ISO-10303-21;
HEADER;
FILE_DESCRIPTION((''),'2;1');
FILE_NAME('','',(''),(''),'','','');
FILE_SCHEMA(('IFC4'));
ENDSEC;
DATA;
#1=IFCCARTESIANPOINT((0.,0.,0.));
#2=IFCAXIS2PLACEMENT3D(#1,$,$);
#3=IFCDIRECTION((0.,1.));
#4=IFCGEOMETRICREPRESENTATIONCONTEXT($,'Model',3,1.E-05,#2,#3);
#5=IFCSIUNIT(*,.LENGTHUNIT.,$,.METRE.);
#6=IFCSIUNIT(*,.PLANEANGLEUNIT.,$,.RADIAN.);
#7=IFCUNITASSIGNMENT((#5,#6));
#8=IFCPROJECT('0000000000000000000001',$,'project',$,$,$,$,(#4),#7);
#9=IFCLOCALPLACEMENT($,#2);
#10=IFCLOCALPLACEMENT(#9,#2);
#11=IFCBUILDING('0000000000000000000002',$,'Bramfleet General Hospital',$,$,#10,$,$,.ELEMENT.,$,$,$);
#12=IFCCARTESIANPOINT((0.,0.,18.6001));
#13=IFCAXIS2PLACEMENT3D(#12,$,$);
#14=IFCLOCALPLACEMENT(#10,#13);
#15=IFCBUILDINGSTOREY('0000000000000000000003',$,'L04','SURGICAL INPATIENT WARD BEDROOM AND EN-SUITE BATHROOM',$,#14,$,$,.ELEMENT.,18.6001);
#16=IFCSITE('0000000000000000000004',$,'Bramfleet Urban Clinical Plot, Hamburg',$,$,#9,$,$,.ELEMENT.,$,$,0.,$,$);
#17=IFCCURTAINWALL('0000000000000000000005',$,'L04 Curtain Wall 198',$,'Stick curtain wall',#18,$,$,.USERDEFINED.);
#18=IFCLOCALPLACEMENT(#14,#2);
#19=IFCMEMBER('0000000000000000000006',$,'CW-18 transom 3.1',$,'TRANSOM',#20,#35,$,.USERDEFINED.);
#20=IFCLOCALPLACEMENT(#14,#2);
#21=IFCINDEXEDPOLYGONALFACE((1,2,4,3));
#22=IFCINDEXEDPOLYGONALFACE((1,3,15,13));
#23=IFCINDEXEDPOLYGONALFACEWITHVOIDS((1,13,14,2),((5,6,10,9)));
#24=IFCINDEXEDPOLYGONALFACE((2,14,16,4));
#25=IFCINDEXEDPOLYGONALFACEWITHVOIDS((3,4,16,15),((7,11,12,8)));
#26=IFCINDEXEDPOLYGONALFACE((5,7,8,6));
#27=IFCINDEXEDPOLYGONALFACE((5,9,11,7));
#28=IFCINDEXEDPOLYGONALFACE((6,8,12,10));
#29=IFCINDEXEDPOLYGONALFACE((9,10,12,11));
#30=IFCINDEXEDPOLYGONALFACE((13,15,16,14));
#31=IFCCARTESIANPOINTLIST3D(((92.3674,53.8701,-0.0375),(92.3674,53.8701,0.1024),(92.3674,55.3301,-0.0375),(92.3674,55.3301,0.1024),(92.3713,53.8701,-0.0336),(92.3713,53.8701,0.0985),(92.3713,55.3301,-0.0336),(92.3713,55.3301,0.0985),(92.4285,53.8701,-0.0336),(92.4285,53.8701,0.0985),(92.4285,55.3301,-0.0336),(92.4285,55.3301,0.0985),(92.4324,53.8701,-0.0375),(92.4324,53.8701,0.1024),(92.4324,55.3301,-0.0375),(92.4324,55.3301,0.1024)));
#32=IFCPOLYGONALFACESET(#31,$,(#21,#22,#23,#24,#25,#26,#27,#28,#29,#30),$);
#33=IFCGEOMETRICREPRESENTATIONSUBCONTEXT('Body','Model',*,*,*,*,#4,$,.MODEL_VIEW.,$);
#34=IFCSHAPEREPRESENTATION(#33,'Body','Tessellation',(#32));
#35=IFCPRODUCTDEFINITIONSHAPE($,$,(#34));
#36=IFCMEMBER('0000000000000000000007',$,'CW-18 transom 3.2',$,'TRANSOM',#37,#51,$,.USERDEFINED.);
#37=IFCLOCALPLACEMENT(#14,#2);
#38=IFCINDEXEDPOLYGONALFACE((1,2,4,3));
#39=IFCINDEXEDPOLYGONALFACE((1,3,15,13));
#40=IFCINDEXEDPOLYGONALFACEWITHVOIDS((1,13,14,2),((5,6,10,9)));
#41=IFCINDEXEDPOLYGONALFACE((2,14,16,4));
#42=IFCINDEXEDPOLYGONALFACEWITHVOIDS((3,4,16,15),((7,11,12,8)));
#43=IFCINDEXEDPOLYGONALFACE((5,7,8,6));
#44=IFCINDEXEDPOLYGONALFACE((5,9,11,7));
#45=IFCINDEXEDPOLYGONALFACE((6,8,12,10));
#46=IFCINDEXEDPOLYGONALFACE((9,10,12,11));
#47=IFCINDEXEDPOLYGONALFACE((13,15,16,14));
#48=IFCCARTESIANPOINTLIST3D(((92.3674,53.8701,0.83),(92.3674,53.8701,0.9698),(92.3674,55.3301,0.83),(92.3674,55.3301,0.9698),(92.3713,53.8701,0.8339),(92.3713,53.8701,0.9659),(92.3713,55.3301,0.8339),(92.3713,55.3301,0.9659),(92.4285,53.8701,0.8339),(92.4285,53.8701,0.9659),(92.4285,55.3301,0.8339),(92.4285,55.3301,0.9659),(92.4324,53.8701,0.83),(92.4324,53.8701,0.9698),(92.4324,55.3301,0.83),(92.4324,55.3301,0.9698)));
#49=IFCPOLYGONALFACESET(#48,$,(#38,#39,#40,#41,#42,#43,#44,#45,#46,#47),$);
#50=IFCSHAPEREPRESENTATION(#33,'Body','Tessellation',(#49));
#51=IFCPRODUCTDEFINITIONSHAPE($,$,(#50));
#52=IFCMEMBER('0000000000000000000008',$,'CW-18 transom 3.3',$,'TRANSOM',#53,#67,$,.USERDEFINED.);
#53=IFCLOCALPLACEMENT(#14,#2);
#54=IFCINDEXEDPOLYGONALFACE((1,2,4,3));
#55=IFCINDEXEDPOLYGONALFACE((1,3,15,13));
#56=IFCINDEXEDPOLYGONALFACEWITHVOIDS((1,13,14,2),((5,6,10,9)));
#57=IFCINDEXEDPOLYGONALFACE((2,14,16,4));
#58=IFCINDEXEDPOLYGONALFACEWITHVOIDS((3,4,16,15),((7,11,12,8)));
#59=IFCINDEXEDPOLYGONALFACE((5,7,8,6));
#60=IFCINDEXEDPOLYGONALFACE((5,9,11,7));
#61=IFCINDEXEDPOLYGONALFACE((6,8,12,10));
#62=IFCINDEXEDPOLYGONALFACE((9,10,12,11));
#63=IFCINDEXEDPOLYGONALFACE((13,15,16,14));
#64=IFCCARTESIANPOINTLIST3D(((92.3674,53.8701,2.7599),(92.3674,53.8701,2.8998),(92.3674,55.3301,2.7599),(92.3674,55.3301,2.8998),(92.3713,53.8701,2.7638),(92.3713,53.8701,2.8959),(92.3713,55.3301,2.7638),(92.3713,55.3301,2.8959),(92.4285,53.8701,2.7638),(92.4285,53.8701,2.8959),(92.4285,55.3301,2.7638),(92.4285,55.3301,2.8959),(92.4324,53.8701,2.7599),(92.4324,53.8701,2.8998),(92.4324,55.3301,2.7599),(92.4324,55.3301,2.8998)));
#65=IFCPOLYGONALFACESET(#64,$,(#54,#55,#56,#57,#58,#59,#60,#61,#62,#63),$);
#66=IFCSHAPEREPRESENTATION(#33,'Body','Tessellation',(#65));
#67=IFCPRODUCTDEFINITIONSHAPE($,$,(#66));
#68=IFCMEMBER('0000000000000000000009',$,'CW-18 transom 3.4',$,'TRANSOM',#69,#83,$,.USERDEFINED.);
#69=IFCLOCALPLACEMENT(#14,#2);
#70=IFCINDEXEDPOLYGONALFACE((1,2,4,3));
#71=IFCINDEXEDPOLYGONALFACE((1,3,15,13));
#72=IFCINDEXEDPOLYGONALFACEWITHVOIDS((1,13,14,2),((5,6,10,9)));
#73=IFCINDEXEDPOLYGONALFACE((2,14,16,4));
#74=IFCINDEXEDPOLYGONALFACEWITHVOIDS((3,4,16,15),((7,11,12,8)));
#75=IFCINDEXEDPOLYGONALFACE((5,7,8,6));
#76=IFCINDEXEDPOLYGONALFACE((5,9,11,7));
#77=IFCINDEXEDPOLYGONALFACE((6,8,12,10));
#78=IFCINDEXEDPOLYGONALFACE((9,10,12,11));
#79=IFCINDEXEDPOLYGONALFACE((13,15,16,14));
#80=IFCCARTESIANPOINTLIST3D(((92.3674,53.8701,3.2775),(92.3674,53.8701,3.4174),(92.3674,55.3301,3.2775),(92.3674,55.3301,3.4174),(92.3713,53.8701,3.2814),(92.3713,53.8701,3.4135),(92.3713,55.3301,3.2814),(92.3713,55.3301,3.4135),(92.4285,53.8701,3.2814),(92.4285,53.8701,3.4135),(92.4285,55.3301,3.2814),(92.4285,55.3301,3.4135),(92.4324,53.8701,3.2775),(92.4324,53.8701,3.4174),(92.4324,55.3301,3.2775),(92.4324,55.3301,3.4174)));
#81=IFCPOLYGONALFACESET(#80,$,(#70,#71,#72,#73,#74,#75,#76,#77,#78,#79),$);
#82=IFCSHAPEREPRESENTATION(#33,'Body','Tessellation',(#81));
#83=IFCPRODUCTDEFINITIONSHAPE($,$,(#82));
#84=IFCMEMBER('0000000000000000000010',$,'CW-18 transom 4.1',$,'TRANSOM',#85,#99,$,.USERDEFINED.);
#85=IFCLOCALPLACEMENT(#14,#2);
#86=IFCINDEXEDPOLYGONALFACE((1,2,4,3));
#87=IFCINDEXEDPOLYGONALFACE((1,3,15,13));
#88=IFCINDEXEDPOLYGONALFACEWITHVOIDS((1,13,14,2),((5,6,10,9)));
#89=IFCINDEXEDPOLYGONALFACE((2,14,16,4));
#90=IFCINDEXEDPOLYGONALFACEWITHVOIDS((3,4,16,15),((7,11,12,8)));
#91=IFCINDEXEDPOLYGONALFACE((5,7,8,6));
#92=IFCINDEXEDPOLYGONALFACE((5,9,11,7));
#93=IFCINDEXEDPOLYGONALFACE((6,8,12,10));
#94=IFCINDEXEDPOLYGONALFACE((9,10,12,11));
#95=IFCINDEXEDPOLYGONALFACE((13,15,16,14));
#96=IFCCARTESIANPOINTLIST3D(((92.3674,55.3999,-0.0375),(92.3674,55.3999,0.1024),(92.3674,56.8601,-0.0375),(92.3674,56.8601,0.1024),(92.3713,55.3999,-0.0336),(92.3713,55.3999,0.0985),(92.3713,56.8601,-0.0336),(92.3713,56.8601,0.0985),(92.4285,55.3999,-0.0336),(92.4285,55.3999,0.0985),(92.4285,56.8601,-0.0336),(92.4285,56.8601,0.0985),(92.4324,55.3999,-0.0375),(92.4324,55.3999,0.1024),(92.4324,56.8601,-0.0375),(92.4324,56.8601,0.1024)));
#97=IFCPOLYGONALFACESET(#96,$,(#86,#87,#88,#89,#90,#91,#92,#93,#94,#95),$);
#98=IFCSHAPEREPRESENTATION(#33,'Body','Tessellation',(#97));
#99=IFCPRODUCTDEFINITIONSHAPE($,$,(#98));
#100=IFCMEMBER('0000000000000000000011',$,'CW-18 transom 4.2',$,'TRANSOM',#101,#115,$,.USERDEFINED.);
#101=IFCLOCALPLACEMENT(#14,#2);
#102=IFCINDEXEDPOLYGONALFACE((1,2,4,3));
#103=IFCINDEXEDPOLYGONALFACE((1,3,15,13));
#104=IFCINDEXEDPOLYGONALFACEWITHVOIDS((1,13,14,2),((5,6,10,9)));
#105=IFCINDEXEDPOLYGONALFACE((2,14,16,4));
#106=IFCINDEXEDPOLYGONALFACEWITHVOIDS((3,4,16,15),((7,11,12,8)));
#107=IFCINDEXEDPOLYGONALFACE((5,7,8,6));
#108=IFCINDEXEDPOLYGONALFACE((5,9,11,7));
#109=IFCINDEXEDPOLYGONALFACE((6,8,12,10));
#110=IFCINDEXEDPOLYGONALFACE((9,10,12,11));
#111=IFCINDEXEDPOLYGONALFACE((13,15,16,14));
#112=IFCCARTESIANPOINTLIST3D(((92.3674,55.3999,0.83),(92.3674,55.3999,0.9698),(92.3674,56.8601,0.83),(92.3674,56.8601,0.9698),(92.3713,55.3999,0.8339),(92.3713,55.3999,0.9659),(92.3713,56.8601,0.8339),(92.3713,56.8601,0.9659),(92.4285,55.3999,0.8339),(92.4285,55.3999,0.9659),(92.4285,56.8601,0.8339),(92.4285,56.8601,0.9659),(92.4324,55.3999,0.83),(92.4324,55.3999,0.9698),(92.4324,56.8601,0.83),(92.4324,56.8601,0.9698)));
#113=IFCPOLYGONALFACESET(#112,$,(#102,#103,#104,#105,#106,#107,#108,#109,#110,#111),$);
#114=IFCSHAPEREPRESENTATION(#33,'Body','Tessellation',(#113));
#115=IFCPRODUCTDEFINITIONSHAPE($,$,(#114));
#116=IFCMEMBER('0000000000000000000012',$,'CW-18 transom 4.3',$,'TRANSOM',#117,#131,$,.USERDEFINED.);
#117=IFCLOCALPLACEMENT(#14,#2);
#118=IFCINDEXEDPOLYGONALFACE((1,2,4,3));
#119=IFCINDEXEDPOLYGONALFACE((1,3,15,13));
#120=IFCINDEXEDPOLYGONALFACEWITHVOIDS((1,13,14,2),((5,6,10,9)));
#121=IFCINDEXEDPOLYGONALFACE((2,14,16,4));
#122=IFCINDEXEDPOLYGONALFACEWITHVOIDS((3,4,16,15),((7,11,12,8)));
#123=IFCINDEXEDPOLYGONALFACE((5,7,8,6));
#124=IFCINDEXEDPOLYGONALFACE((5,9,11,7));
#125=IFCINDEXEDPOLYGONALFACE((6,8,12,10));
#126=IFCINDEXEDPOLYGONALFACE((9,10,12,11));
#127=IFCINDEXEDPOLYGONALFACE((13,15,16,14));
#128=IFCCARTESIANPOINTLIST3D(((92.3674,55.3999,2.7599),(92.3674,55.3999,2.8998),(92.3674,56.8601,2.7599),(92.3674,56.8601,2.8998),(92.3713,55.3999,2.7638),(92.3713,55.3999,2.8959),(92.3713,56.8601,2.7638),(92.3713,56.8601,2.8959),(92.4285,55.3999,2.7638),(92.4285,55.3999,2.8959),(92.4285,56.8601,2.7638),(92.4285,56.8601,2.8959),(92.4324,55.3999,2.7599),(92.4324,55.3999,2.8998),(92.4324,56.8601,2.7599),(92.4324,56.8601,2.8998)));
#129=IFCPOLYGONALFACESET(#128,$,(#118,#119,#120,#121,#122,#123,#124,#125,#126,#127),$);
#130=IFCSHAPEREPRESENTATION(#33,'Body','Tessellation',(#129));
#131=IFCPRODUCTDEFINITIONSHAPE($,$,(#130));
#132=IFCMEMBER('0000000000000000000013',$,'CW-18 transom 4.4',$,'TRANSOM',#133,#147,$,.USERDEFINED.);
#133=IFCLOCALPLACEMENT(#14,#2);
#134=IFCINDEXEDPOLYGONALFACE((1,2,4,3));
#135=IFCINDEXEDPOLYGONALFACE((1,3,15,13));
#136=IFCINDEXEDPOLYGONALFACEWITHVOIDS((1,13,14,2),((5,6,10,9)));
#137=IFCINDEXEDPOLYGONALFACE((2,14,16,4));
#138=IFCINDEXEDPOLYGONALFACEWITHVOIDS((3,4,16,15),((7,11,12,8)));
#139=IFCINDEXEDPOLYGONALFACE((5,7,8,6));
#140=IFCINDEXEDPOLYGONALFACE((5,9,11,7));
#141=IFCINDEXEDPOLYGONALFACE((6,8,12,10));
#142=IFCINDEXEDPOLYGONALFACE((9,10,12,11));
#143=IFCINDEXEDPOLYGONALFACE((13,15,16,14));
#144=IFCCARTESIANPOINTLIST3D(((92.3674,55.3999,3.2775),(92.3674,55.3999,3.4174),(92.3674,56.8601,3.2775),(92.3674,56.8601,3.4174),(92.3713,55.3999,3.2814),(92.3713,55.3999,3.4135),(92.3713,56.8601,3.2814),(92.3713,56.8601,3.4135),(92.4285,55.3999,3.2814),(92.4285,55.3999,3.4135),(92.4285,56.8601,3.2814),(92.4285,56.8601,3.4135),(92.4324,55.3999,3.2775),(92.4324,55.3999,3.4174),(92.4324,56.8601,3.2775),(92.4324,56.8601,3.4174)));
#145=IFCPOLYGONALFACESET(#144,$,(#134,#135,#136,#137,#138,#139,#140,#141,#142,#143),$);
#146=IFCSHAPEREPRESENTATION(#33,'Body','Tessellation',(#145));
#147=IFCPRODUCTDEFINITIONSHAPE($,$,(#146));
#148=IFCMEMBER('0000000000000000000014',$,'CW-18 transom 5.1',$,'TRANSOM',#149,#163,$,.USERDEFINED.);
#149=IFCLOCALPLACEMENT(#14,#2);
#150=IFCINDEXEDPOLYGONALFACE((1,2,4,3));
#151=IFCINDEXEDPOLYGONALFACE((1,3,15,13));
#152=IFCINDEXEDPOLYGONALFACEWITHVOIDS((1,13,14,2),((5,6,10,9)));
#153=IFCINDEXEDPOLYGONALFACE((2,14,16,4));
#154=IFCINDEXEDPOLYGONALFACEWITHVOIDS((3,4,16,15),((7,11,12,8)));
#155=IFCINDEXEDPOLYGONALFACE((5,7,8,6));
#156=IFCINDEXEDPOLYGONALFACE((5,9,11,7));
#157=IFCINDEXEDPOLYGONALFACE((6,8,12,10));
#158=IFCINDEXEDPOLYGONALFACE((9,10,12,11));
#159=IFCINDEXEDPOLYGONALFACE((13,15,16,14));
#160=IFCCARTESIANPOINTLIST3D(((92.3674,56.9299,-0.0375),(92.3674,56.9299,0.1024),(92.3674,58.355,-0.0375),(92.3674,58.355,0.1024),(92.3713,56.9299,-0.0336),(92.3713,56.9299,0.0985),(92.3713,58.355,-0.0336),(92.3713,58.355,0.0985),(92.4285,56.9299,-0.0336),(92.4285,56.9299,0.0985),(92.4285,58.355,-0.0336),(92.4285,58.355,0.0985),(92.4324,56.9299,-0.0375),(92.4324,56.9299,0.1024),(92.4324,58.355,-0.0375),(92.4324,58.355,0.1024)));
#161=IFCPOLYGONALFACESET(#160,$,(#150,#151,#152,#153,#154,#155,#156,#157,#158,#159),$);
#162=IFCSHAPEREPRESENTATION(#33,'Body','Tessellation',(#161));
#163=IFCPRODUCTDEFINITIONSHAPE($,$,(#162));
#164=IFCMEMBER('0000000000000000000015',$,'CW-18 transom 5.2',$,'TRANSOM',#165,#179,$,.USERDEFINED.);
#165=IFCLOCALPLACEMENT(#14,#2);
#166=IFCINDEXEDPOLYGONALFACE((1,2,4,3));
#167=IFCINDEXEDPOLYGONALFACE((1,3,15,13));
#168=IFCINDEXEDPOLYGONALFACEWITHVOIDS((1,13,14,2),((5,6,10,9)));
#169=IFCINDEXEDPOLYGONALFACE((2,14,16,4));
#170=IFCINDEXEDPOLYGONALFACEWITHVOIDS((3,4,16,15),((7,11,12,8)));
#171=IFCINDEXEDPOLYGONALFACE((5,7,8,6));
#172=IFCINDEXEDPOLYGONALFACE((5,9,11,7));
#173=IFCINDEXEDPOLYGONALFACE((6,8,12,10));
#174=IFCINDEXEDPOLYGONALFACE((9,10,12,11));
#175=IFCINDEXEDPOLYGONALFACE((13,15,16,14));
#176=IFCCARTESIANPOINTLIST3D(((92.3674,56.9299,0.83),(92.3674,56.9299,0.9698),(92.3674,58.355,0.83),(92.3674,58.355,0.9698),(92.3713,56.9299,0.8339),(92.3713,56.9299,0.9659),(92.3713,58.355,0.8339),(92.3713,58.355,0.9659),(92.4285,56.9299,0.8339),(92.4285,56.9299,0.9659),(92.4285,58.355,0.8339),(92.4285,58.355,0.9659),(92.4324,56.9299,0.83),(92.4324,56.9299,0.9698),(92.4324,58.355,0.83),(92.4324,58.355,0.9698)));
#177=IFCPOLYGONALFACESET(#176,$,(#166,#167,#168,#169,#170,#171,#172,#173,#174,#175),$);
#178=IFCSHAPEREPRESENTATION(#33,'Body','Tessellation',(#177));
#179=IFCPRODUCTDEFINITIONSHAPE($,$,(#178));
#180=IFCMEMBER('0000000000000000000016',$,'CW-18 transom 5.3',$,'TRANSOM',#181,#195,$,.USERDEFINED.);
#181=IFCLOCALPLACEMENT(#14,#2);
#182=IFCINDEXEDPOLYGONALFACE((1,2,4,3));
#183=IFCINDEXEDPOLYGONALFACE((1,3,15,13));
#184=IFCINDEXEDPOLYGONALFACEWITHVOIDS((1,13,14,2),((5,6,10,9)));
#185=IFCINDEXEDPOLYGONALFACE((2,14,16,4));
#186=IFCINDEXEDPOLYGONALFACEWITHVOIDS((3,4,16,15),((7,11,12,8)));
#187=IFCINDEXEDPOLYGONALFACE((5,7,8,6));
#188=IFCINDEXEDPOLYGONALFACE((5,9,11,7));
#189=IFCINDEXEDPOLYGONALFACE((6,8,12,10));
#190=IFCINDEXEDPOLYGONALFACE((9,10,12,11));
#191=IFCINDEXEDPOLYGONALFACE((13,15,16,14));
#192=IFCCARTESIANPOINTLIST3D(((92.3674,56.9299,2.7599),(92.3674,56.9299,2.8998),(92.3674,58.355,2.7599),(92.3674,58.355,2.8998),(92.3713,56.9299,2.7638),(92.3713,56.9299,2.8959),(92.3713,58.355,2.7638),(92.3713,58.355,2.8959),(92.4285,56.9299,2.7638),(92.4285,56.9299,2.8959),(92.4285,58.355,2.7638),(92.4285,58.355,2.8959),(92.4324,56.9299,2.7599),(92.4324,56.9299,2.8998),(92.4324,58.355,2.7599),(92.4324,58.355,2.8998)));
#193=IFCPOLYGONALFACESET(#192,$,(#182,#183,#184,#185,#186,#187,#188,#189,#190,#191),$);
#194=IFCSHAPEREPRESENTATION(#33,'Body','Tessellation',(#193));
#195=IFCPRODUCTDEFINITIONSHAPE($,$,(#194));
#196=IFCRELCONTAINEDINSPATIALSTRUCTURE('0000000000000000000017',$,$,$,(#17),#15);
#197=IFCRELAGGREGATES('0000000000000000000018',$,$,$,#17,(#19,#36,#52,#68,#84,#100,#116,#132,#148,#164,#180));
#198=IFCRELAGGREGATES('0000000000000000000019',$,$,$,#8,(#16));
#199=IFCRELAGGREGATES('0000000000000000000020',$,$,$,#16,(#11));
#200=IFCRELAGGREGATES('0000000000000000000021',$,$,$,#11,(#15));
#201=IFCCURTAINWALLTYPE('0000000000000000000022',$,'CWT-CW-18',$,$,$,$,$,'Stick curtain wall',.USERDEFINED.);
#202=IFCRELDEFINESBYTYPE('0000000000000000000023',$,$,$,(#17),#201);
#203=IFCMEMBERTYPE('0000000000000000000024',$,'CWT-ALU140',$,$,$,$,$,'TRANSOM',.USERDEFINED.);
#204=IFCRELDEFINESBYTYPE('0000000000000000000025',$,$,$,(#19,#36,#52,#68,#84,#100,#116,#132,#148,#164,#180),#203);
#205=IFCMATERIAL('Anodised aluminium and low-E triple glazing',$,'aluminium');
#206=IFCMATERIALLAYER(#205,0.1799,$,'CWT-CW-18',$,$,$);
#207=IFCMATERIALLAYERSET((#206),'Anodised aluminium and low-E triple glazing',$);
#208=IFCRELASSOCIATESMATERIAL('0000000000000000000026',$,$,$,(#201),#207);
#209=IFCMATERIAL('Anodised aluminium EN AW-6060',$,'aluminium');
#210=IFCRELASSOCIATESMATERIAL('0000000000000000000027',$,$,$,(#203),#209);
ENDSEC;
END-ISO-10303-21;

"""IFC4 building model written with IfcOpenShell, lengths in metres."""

from ifc_helpers import new_model, si_unit, direction, frame, origin, origin_2d, place, context, subcontext, project, spatial, hollow_rectangle, extrude, material, layer, layer_set, material_profile, profile_set, type_object, element, aggregate, save


model = new_model("IFC4")

# Units and contexts
model_context = context("Model", 3, precision=1e-05, world=origin(), true_north=direction((0.0, 1.0)))
body_context = subcontext(model_context, "Body", "Model", "MODEL_VIEW")
ifc_project = project(units=[si_unit("LENGTHUNIT", "METRE"), si_unit("PLANEANGLEUNIT", "RADIAN")], contexts=[model_context])

# Site, building, storey
site_placement = place(None, origin())
site = spatial("IfcSite", under=ifc_project, at=site_placement, Name="Bramfleet Urban Clinical Plot, Hamburg", CompositionType="ELEMENT", RefElevation=0.0)
building_placement = place(site_placement, origin())
building = spatial("IfcBuilding", under=site, at=building_placement, Name="Bramfleet General Hospital", CompositionType="ELEMENT")
storey_placement = place(building_placement, frame((0.0, 0.0, 18.6001)))
storey = spatial("IfcBuildingStorey", under=building, at=storey_placement, Name="L04", Description="SURGICAL INPATIENT WARD BEDROOM AND EN-SUITE BATHROOM", CompositionType="ELEMENT", Elevation=18.6001)

# Curtain wall, members
ifc_material_1 = material(Name="Anodised aluminium and low-E triple glazing", Category="aluminium")
ifc_layer_1 = layer(ifc_material_1, 0.1799, Name="CWT-CW-18")
ifc_layer_set_1 = layer_set([ifc_layer_1], Name="Anodised aluminium and low-E triple glazing")
curtain_wall_type = type_object("IfcCurtainWallType", Name="CWT-CW-18", ElementType="Stick curtain wall", PredefinedType="USERDEFINED", material=ifc_layer_set_1)
curtain_wall_placement = place(storey_placement, origin())
curtain_wall = element("IfcCurtainWall", 1, at=curtain_wall_placement, inside=storey, type_object=curtain_wall_type, Name="L04 Curtain Wall 198", ObjectType="Stick curtain wall", PredefinedType="USERDEFINED")
ifc_material_2 = material(Name="Anodised aluminium EN AW-6060", Category="aluminium")
ifc_material_profile_1 = material_profile(ifc_material_2, hollow_rectangle(XDim=0.0649, YDim=0.1399, WallThickness=0.0039, at=origin_2d()), Name="ALU 140x65x4.0")
ifc_profile_set_1 = profile_set([ifc_material_profile_1], Name="Anodised aluminium EN AW-6060")
member_type_1 = type_object("IfcMemberType", Name="CWT-ALU140", ElementType="TRANSOM", PredefinedType="USERDEFINED", material=ifc_profile_set_1)
member_1_placement = place(storey_placement, frame((92.3999, 53.8701, 0.0325), z_axis=(0.0, 1.0, 0.0), x_axis=(-1.0, 0.0, 0.0)))
member_1 = element("IfcMember", 2, at=member_1_placement, type_object=member_type_1, Name="CW-18 transom 3.1", ObjectType="TRANSOM", PredefinedType="USERDEFINED", context=body_context, shape_type="SweptSolid", body=[
    extrude(hollow_rectangle(XDim=0.0649, YDim=0.1399, WallThickness=0.0039, at=origin_2d()), origin(), (0.0, 0.0, 1.0), 1.46),
])
member_2_placement = place(storey_placement, frame((92.3999, 53.8701, 0.8999), z_axis=(0.0, 1.0, 0.0), x_axis=(-1.0, 0.0, 0.0)))
member_2 = element("IfcMember", 3, at=member_2_placement, type_object=member_type_1, Name="CW-18 transom 3.2", ObjectType="TRANSOM", PredefinedType="USERDEFINED", context=body_context, shape_type="SweptSolid", body=[
    extrude(hollow_rectangle(XDim=0.0649, YDim=0.1399, WallThickness=0.0039, at=origin_2d()), origin(), (0.0, 0.0, 1.0), 1.46),
])
member_3_placement = place(storey_placement, frame((92.3999, 53.8701, 2.8298), z_axis=(0.0, 1.0, 0.0), x_axis=(-1.0, 0.0, 0.0)))
member_3 = element("IfcMember", 4, at=member_3_placement, type_object=member_type_1, Name="CW-18 transom 3.3", ObjectType="TRANSOM", PredefinedType="USERDEFINED", context=body_context, shape_type="SweptSolid", body=[
    extrude(hollow_rectangle(XDim=0.0649, YDim=0.1399, WallThickness=0.0039, at=origin_2d()), origin(), (0.0, 0.0, 1.0), 1.46),
])
member_4_placement = place(storey_placement, frame((92.3999, 53.8701, 3.3474), z_axis=(0.0, 1.0, 0.0), x_axis=(-1.0, 0.0, 0.0)))
member_4 = element("IfcMember", 5, at=member_4_placement, type_object=member_type_1, Name="CW-18 transom 3.4", ObjectType="TRANSOM", PredefinedType="USERDEFINED", context=body_context, shape_type="SweptSolid", body=[
    extrude(hollow_rectangle(XDim=0.0649, YDim=0.1399, WallThickness=0.0039, at=origin_2d()), origin(), (0.0, 0.0, 1.0), 1.46),
])
member_5_placement = place(storey_placement, frame((92.3999, 55.3999, 0.0325), z_axis=(0.0, 1.0, 0.0), x_axis=(-1.0, 0.0, 0.0)))
member_5 = element("IfcMember", 6, at=member_5_placement, type_object=member_type_1, Name="CW-18 transom 4.1", ObjectType="TRANSOM", PredefinedType="USERDEFINED", context=body_context, shape_type="SweptSolid", body=[
    extrude(hollow_rectangle(XDim=0.0649, YDim=0.1399, WallThickness=0.0039, at=origin_2d()), origin(), (0.0, 0.0, 1.0), 1.4602),
])
member_6_placement = place(storey_placement, frame((92.3999, 55.3999, 0.8999), z_axis=(0.0, 1.0, 0.0), x_axis=(-1.0, 0.0, 0.0)))
member_6 = element("IfcMember", 7, at=member_6_placement, type_object=member_type_1, Name="CW-18 transom 4.2", ObjectType="TRANSOM", PredefinedType="USERDEFINED", context=body_context, shape_type="SweptSolid", body=[
    extrude(hollow_rectangle(XDim=0.0649, YDim=0.1399, WallThickness=0.0039, at=origin_2d()), origin(), (0.0, 0.0, 1.0), 1.4602),
])
member_7_placement = place(storey_placement, frame((92.3999, 55.3999, 2.8298), z_axis=(0.0, 1.0, 0.0), x_axis=(-1.0, 0.0, 0.0)))
member_7 = element("IfcMember", 8, at=member_7_placement, type_object=member_type_1, Name="CW-18 transom 4.3", ObjectType="TRANSOM", PredefinedType="USERDEFINED", context=body_context, shape_type="SweptSolid", body=[
    extrude(hollow_rectangle(XDim=0.0649, YDim=0.1399, WallThickness=0.0039, at=origin_2d()), origin(), (0.0, 0.0, 1.0), 1.4602),
])
member_8_placement = place(storey_placement, frame((92.3999, 55.3999, 3.3474), z_axis=(0.0, 1.0, 0.0), x_axis=(-1.0, 0.0, 0.0)))
member_8 = element("IfcMember", 9, at=member_8_placement, type_object=member_type_1, Name="CW-18 transom 4.4", ObjectType="TRANSOM", PredefinedType="USERDEFINED", context=body_context, shape_type="SweptSolid", body=[
    extrude(hollow_rectangle(XDim=0.0649, YDim=0.1399, WallThickness=0.0039, at=origin_2d()), origin(), (0.0, 0.0, 1.0), 1.4602),
])
member_9_placement = place(storey_placement, frame((92.3999, 56.9299, 0.0325), z_axis=(0.0, 1.0, 0.0), x_axis=(-1.0, 0.0, 0.0)))
member_9 = element("IfcMember", 10, at=member_9_placement, type_object=member_type_1, Name="CW-18 transom 5.1", ObjectType="TRANSOM", PredefinedType="USERDEFINED", context=body_context, shape_type="SweptSolid", body=[
    extrude(hollow_rectangle(XDim=0.0649, YDim=0.1399, WallThickness=0.0039, at=origin_2d()), origin(), (0.0, 0.0, 1.0), 1.425),
])
member_10_placement = place(storey_placement, frame((92.3999, 56.9299, 0.8999), z_axis=(0.0, 1.0, 0.0), x_axis=(-1.0, 0.0, 0.0)))
member_10 = element("IfcMember", 11, at=member_10_placement, type_object=member_type_1, Name="CW-18 transom 5.2", ObjectType="TRANSOM", PredefinedType="USERDEFINED", context=body_context, shape_type="SweptSolid", body=[
    extrude(hollow_rectangle(XDim=0.0649, YDim=0.1399, WallThickness=0.0039, at=origin_2d()), origin(), (0.0, 0.0, 1.0), 1.425),
])
member_11_placement = place(storey_placement, frame((92.3999, 56.9299, 2.8298), z_axis=(0.0, 1.0, 0.0), x_axis=(-1.0, 0.0, 0.0)))
member_11 = element("IfcMember", 12, at=member_11_placement, type_object=member_type_1, Name="CW-18 transom 5.3", ObjectType="TRANSOM", PredefinedType="USERDEFINED", context=body_context, shape_type="SweptSolid", body=[
    extrude(hollow_rectangle(XDim=0.0649, YDim=0.1399, WallThickness=0.0039, at=origin_2d()), origin(), (0.0, 0.0, 1.0), 1.425),
])
aggregate(curtain_wall, [member_1, member_2, member_3, member_4, member_5, member_6, member_7, member_8, member_9, member_10, member_11])

save(model, "model.ifc")
